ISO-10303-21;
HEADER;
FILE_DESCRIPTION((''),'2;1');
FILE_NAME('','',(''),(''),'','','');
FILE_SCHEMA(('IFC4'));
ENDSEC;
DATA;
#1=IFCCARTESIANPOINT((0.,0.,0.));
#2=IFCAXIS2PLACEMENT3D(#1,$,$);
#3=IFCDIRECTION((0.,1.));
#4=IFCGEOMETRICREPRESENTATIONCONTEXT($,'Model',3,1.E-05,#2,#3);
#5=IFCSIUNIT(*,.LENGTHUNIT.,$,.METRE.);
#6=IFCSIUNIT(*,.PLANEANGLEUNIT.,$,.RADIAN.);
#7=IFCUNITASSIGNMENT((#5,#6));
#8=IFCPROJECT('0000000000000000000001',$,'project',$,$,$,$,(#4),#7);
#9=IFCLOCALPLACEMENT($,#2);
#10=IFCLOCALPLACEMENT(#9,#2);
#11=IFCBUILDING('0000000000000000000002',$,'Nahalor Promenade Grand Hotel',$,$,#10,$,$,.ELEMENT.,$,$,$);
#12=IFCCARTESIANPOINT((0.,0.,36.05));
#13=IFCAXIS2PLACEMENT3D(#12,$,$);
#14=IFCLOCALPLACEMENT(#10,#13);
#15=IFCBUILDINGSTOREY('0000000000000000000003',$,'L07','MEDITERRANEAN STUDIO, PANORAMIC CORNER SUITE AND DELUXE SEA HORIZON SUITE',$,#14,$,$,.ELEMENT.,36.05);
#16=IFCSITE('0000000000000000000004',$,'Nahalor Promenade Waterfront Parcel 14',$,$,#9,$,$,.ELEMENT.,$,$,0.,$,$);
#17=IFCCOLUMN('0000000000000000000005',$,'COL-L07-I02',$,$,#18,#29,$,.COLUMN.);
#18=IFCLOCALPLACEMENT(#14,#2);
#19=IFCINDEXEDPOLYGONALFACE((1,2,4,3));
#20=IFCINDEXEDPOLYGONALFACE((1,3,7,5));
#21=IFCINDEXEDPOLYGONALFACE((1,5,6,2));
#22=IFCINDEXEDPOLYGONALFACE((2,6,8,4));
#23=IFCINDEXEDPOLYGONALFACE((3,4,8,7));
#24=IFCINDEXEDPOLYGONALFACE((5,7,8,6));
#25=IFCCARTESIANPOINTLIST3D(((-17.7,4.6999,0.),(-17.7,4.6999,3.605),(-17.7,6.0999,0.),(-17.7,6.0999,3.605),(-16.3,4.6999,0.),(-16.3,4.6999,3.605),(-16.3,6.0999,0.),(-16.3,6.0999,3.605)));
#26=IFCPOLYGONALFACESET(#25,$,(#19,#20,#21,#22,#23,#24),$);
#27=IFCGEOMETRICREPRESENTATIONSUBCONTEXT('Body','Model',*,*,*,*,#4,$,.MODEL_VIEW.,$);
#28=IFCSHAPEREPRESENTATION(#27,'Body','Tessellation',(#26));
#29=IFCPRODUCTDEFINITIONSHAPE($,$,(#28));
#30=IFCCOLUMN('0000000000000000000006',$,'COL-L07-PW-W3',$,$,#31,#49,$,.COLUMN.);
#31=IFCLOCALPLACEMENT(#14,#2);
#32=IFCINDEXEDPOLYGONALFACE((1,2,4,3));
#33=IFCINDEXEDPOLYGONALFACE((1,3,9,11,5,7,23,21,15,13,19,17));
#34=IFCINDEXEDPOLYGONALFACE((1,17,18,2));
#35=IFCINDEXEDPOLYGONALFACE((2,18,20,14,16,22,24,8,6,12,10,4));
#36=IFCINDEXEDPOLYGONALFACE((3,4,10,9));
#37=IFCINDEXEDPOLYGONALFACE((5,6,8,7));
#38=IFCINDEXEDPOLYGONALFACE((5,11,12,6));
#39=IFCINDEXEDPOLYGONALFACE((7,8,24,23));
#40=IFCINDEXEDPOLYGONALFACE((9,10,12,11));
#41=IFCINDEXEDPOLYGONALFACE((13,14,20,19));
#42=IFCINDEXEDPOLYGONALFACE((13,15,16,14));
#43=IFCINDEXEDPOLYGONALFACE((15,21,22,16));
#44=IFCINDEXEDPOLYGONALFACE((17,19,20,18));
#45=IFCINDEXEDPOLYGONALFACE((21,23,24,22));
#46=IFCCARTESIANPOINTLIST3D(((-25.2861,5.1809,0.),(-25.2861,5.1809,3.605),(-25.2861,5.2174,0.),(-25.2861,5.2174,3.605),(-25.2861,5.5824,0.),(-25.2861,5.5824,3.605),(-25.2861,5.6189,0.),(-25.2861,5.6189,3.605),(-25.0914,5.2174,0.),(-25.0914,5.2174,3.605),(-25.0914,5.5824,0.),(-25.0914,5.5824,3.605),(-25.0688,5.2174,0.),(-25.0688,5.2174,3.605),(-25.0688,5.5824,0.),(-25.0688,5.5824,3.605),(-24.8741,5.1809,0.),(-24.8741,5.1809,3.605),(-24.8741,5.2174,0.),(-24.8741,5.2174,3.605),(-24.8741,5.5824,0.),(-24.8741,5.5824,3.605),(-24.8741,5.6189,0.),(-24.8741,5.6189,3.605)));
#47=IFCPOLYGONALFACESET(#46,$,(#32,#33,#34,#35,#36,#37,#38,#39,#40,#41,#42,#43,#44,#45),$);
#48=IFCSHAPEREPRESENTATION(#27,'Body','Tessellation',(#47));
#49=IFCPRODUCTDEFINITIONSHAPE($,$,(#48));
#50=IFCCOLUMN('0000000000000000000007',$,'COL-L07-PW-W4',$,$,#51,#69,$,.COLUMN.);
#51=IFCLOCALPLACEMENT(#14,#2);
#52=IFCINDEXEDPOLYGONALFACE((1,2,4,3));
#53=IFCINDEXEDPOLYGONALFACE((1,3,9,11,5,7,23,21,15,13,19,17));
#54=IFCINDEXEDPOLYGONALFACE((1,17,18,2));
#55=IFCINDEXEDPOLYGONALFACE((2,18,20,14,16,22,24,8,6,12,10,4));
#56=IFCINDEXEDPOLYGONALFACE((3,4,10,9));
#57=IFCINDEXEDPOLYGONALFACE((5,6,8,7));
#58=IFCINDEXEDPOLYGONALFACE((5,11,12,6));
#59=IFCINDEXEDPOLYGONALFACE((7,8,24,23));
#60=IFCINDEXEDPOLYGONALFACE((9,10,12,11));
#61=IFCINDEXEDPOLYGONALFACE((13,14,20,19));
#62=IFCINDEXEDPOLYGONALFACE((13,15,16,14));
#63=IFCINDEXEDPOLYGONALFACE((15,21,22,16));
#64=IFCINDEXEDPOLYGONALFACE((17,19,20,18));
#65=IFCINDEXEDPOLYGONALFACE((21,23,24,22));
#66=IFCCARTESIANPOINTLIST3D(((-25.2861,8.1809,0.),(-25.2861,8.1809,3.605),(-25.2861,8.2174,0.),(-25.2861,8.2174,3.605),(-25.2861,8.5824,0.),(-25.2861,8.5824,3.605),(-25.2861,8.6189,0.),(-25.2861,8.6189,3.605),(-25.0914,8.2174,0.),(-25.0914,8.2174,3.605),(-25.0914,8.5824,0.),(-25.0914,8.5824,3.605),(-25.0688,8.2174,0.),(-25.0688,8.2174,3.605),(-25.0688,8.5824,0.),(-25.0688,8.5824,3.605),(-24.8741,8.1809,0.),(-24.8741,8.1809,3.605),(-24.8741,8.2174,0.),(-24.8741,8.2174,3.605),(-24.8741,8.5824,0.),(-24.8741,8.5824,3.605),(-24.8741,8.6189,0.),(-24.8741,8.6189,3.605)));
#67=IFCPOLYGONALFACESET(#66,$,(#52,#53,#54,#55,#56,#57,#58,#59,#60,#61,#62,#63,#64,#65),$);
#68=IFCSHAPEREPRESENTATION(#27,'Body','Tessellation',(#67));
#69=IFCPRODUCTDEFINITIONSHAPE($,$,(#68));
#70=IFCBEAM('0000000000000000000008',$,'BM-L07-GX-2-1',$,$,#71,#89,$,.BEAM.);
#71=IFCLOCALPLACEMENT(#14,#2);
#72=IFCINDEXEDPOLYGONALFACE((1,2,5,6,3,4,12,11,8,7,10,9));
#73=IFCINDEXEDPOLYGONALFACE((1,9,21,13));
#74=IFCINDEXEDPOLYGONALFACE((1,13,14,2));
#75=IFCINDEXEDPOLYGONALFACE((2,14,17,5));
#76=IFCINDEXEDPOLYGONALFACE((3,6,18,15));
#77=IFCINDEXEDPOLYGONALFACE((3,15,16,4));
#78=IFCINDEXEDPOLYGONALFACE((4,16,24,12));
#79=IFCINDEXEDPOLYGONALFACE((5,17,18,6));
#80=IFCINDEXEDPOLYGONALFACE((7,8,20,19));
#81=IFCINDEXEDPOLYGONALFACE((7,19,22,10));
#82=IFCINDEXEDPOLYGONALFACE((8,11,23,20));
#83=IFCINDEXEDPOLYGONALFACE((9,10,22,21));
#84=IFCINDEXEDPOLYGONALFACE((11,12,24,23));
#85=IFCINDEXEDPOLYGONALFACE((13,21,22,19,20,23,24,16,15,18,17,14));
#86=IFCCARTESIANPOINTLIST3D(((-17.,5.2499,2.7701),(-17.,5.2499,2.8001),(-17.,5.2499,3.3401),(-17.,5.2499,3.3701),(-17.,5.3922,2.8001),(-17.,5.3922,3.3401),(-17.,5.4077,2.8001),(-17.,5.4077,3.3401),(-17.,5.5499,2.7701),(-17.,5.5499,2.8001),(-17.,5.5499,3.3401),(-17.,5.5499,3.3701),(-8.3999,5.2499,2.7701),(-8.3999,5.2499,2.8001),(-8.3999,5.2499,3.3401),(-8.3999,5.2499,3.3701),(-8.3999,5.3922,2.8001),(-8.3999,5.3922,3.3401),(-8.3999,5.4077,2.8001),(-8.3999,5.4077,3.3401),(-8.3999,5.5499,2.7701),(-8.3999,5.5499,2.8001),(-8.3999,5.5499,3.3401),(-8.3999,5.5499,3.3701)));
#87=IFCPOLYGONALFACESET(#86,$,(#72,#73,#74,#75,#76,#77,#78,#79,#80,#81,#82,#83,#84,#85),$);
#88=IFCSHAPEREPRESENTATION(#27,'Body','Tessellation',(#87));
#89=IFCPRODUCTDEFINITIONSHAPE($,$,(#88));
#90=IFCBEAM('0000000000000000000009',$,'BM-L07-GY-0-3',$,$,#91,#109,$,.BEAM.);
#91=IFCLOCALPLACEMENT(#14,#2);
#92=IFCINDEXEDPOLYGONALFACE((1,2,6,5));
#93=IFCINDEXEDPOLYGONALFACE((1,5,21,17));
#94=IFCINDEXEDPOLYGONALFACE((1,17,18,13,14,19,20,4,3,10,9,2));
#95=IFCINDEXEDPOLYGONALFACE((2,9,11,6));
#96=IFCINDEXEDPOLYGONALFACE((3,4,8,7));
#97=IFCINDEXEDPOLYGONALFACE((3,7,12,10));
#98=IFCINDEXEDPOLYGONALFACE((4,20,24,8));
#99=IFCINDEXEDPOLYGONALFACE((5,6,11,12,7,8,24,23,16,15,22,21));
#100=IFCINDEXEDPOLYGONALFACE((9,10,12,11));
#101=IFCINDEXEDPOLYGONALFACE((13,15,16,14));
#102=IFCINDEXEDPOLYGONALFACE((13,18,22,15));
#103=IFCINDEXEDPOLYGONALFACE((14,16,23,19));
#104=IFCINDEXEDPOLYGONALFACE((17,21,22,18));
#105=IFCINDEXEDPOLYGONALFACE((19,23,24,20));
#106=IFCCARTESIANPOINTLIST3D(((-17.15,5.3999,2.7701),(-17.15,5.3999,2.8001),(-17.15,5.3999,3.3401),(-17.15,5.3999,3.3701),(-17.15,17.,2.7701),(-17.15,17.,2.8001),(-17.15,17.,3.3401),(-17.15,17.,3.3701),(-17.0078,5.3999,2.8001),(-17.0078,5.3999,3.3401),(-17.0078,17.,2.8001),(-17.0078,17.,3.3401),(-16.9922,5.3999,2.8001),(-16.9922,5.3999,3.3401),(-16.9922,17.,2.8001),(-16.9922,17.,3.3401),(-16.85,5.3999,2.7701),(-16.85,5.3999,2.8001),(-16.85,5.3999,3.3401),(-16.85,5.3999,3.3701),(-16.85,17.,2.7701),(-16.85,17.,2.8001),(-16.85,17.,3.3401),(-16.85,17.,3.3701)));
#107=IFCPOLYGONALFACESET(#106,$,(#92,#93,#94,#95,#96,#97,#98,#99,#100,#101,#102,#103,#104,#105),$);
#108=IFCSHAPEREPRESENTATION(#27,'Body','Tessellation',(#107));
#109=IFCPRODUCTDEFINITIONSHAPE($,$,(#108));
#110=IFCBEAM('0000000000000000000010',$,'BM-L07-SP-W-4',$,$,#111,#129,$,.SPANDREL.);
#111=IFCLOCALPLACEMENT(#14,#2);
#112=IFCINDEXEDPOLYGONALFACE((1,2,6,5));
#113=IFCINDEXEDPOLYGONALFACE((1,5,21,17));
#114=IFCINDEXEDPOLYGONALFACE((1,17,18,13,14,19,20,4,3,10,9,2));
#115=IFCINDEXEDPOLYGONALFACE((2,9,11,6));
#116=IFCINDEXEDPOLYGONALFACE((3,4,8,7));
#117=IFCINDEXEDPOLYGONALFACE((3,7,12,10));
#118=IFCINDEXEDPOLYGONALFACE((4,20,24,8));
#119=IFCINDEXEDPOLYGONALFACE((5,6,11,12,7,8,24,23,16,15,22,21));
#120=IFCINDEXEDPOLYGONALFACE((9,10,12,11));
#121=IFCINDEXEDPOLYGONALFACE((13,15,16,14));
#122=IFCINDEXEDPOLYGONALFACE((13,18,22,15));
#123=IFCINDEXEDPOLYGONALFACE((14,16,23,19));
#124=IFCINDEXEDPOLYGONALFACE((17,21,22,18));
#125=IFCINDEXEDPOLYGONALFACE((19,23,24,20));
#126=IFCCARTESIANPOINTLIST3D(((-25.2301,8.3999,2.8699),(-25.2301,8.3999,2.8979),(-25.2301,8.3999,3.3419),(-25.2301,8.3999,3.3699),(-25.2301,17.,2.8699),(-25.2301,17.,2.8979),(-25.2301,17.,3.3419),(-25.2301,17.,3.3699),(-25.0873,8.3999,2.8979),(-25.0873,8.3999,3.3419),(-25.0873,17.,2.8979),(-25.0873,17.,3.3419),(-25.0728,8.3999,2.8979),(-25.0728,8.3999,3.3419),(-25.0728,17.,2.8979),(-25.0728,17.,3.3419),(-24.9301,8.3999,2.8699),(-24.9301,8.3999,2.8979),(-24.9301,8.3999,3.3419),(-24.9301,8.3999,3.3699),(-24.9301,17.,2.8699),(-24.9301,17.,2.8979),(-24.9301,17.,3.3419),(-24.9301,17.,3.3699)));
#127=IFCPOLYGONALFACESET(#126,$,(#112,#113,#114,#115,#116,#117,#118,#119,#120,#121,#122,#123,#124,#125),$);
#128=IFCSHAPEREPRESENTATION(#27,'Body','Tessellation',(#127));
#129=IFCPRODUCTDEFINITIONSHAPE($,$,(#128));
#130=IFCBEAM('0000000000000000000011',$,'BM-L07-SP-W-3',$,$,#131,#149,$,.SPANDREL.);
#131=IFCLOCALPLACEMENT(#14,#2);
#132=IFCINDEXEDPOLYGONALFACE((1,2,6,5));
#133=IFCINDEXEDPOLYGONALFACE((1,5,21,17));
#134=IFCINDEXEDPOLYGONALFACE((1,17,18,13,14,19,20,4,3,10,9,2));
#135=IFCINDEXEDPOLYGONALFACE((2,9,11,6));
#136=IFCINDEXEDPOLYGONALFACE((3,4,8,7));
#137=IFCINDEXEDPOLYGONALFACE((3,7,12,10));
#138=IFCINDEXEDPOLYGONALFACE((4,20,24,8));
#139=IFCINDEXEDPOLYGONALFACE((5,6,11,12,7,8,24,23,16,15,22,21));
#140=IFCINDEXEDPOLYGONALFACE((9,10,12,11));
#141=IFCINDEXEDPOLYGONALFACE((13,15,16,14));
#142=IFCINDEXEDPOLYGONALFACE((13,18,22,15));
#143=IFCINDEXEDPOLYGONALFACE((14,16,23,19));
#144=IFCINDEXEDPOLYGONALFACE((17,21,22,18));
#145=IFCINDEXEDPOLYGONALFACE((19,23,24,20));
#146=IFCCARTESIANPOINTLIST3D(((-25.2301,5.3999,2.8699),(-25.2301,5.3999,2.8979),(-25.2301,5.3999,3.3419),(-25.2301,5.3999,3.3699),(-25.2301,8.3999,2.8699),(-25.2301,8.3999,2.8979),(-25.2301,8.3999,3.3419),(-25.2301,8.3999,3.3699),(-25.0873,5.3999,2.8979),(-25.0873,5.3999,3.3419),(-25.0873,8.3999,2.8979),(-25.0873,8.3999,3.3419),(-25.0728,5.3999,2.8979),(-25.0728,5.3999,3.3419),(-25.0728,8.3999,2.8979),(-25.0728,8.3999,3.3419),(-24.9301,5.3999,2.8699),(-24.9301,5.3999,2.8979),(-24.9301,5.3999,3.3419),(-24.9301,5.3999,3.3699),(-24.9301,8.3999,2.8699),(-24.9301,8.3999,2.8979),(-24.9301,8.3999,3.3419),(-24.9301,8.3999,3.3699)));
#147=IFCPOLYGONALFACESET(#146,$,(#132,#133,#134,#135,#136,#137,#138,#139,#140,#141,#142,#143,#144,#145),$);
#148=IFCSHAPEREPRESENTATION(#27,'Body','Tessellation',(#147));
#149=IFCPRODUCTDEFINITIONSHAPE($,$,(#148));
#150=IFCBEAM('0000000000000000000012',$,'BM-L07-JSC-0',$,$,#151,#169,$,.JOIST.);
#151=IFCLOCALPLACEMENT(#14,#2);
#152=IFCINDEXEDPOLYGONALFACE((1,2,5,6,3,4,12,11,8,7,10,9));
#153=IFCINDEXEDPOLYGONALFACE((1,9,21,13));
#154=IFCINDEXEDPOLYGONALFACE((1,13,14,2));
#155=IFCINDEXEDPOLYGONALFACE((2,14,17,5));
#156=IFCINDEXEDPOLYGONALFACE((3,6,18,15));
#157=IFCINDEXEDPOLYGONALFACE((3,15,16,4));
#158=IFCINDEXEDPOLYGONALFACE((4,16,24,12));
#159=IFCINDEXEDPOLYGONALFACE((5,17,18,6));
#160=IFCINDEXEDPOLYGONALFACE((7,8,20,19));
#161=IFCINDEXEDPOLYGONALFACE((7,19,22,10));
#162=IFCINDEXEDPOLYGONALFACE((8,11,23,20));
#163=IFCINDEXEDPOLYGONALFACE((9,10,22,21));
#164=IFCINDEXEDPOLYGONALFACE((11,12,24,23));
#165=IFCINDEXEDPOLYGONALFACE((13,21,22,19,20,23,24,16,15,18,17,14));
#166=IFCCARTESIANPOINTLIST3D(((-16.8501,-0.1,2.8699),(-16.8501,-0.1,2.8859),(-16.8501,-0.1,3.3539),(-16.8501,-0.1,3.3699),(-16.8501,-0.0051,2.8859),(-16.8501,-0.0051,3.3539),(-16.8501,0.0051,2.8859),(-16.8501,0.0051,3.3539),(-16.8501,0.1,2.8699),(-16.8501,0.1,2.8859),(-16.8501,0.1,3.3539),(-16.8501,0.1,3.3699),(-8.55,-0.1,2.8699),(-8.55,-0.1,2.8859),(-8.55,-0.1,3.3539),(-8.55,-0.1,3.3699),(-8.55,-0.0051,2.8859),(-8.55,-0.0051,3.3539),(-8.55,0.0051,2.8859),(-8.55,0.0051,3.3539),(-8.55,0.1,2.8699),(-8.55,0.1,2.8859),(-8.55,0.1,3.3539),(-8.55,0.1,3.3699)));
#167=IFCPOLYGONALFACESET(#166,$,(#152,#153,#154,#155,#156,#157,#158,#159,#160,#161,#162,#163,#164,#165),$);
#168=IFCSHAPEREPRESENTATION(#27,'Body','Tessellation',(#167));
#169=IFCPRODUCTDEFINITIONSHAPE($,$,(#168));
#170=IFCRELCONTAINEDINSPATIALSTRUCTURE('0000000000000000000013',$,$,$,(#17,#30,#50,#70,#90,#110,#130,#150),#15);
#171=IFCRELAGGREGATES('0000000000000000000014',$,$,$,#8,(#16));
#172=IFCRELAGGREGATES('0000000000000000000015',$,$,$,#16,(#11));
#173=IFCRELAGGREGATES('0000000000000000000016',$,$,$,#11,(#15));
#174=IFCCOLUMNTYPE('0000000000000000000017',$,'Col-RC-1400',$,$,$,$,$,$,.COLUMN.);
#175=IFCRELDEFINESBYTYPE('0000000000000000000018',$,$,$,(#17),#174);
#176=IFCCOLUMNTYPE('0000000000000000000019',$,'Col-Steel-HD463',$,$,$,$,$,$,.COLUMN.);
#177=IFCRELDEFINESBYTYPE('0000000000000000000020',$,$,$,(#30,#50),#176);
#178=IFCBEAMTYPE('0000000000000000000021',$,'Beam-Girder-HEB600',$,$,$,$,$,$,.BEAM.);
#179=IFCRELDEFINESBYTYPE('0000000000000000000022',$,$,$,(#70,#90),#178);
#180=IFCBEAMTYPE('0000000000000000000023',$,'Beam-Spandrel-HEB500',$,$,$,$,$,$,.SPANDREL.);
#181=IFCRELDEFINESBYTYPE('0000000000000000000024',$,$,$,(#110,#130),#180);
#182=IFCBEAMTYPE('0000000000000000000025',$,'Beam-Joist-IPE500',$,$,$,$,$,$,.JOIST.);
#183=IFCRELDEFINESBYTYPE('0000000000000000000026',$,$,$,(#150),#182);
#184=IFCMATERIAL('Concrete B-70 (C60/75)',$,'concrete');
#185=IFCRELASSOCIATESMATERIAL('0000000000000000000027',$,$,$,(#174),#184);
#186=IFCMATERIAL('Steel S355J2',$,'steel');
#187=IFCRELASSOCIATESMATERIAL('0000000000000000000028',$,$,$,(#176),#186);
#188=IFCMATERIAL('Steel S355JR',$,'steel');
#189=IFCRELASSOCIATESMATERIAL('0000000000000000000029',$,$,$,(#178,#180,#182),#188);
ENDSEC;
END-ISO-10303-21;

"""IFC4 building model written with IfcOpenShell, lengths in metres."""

from ifc_helpers import new_model, si_unit, direction, frame, origin, origin_2d, place, context, subcontext, project, spatial, rectangle, i_section, extrude, source, transform, mapped, material, material_profile, profile_set, type_object, element, save


model = new_model("IFC4")

# Units and contexts
model_context = context("Model", 3, precision=1e-05, world=origin(), true_north=direction((0.0, 1.0)))
body_context = subcontext(model_context, "Body", "Model", "MODEL_VIEW")
ifc_project = project(units=[si_unit("LENGTHUNIT", "METRE"), si_unit("PLANEANGLEUNIT", "RADIAN")], contexts=[model_context])

# Site, building, storey
site_placement = place(None, origin())
site = spatial("IfcSite", under=ifc_project, at=site_placement, Name="Nahalor Promenade Waterfront Parcel 14", CompositionType="ELEMENT", RefElevation=0.0)
building_placement = place(site_placement, origin())
building = spatial("IfcBuilding", under=site, at=building_placement, Name="Nahalor Promenade Grand Hotel", CompositionType="ELEMENT")
storey_placement = place(building_placement, frame((0.0, 0.0, 36.05)))
storey = spatial("IfcBuildingStorey", under=building, at=storey_placement, Name="L07", Description="MEDITERRANEAN STUDIO, PANORAMIC CORNER SUITE AND DELUXE SEA HORIZON SUITE", CompositionType="ELEMENT", Elevation=36.05)

# Columns
ifc_material_1 = material(Name="Concrete B-70 (C60/75)", Category="concrete")
ifc_material_profile_1 = material_profile(ifc_material_1, rectangle(XDim=1.4, YDim=1.4, at=origin_2d()), Name="RC 1400x1400")
ifc_profile_set_1 = profile_set([ifc_material_profile_1], Name="Concrete B-70 (C60/75)")
column_type_1 = type_object("IfcColumnType", Name="Col-RC-1400", PredefinedType="COLUMN", material=ifc_profile_set_1)
shared_shape_1 = source(origin(), body_context, "Body", "SweptSolid", [
    extrude(rectangle(XDim=1.4, YDim=1.4, at=origin_2d()), origin(), (0.0, 0.0, 1.0), 3.605),
])
column_placement = place(storey_placement, frame((-17.0, 5.3999, 0.0), z_axis=(0.0, 0.0, 1.0), x_axis=(1.0, 0.0, 0.0)))
element("IfcColumn", 1, at=column_placement, inside=storey, type_object=column_type_1, Name="COL-L07-I02", PredefinedType="COLUMN", context=body_context, shape_type="MappedRepresentation", body=[
    mapped(shared_shape_1, transform((0.0, 0.0, 0.0), scale=1.0)),
])
ifc_material_2 = material(Name="Steel S355J2", Category="steel")
ifc_material_profile_2 = material_profile(ifc_material_2, i_section(OverallWidth=0.412, OverallDepth=0.438, WebThickness=0.0226, FlangeThickness=0.0365, at=origin_2d()), Name="HD 400x463")
ifc_profile_set_2 = profile_set([ifc_material_profile_2], Name="Steel S355J2")
column_type_2 = type_object("IfcColumnType", Name="Col-Steel-HD463", PredefinedType="COLUMN", material=ifc_profile_set_2)
shared_shape_2 = source(origin(), body_context, "Body", "SweptSolid", [
    extrude(i_section(OverallWidth=0.412, OverallDepth=0.438, WebThickness=0.0226, FlangeThickness=0.0365, at=origin_2d()), origin(), (0.0, 0.0, 1.0), 3.605),
])
for number, where, z_axis, x_axis, name in (
    (2, (-25.0801, 5.3999, 0.0), (0.0, 0.0, 1.0), (1.0, 0.0, 0.0), "COL-L07-PW-W3"),
    (3, (-25.0801, 8.3999, 0.0), (0.0, 0.0, 1.0), (1.0, 0.0, 0.0), "COL-L07-PW-W4"),
):
    element("IfcColumn", number, at=place(storey_placement, frame(where, z_axis=z_axis, x_axis=x_axis)), inside=storey, type_object=column_type_2, Name=name, PredefinedType="COLUMN", context=body_context, shape_type="MappedRepresentation", body=[
        mapped(shared_shape_2, transform((0.0, 0.0, 0.0), scale=1.0)),
    ])

# Beams
ifc_material_3 = material(Name="Steel S355JR", Category="steel")
ifc_material_profile_3 = material_profile(ifc_material_3, i_section(OverallWidth=0.3, OverallDepth=0.6, WebThickness=0.0155, FlangeThickness=0.03, at=origin_2d()), Name="HEB 600")
ifc_profile_set_3 = profile_set([ifc_material_profile_3], Name="Steel S355JR")
beam_type_1 = type_object("IfcBeamType", Name="Beam-Girder-HEB600", PredefinedType="BEAM", material=ifc_profile_set_3)
shared_shape_3 = source(origin(), body_context, "Body", "SweptSolid", [
    extrude(i_section(OverallWidth=0.3, OverallDepth=0.6, WebThickness=0.0155, FlangeThickness=0.03, at=origin_2d()), origin(), (0.0, 0.0, 1.0), 8.6001),
])
beam_1_placement = place(storey_placement, frame((-17.0, 5.3999, 3.0701), z_axis=(1.0, 0.0, 0.0), x_axis=(0.0, 1.0, 0.0)))
element("IfcBeam", 4, at=beam_1_placement, inside=storey, type_object=beam_type_1, Name="BM-L07-GX-2-1", PredefinedType="BEAM", context=body_context, shape_type="MappedRepresentation", body=[
    mapped(shared_shape_3, transform((0.0, 0.0, 0.0), scale=1.0)),
])
shared_shape_4 = source(origin(), body_context, "Body", "SweptSolid", [
    extrude(i_section(OverallWidth=0.3, OverallDepth=0.6, WebThickness=0.0155, FlangeThickness=0.03, at=origin_2d()), origin(), (0.0, 0.0, 1.0), 11.6001),
])
beam_2_placement = place(storey_placement, frame((-17.0, 5.3999, 3.0701), z_axis=(0.0, 1.0, 0.0), x_axis=(-1.0, 0.0, 0.0)))
element("IfcBeam", 5, at=beam_2_placement, inside=storey, type_object=beam_type_1, Name="BM-L07-GY-0-3", PredefinedType="BEAM", context=body_context, shape_type="MappedRepresentation", body=[
    mapped(shared_shape_4, transform((0.0, 0.0, 0.0), scale=1.0)),
])
ifc_material_profile_4 = material_profile(ifc_material_3, i_section(OverallWidth=0.3, OverallDepth=0.5, WebThickness=0.0145, FlangeThickness=0.028, at=origin_2d()), Name="HEB 500")
ifc_profile_set_4 = profile_set([ifc_material_profile_4], Name="Steel S355JR")
beam_type_2 = type_object("IfcBeamType", Name="Beam-Spandrel-HEB500", PredefinedType="SPANDREL", material=ifc_profile_set_4)
shared_shape_5 = source(origin(), body_context, "Body", "SweptSolid", [
    extrude(i_section(OverallWidth=0.3, OverallDepth=0.5, WebThickness=0.0145, FlangeThickness=0.028, at=origin_2d()), origin(), (0.0, 0.0, 1.0), 8.6001),
])
beam_3_placement = place(storey_placement, frame((-25.0801, 8.3999, 3.1199), z_axis=(0.0, 1.0, 0.0), x_axis=(-1.0, 0.0, 0.0)))
element("IfcBeam", 6, at=beam_3_placement, inside=storey, type_object=beam_type_2, Name="BM-L07-SP-W-4", PredefinedType="SPANDREL", context=body_context, shape_type="MappedRepresentation", body=[
    mapped(shared_shape_5, transform((0.0, 0.0, 0.0), scale=1.0)),
])
shared_shape_6 = source(origin(), body_context, "Body", "SweptSolid", [
    extrude(i_section(OverallWidth=0.3, OverallDepth=0.5, WebThickness=0.0145, FlangeThickness=0.028, at=origin_2d()), origin(), (0.0, 0.0, 1.0), 3.0),
])
beam_4_placement = place(storey_placement, frame((-25.0801, 5.3999, 3.1199), z_axis=(0.0, 1.0, 0.0), x_axis=(-1.0, 0.0, 0.0)))
element("IfcBeam", 7, at=beam_4_placement, inside=storey, type_object=beam_type_2, Name="BM-L07-SP-W-3", PredefinedType="SPANDREL", context=body_context, shape_type="MappedRepresentation", body=[
    mapped(shared_shape_6, transform((0.0, 0.0, 0.0), scale=1.0)),
])
ifc_material_profile_5 = material_profile(ifc_material_3, i_section(OverallWidth=0.2, OverallDepth=0.5, WebThickness=0.0102, FlangeThickness=0.016, at=origin_2d()), Name="IPE 500")
ifc_profile_set_5 = profile_set([ifc_material_profile_5], Name="Steel S355JR")
beam_type_3 = type_object("IfcBeamType", Name="Beam-Joist-IPE500", PredefinedType="JOIST", material=ifc_profile_set_5)
shared_shape_7 = source(origin(), body_context, "Body", "SweptSolid", [
    extrude(i_section(OverallWidth=0.2, OverallDepth=0.5, WebThickness=0.0102, FlangeThickness=0.016, at=origin_2d()), origin(), (0.0, 0.0, 1.0), 8.3),
])
beam_5_placement = place(storey_placement, frame((-16.8501, 0.0, 3.1199), z_axis=(1.0, 0.0, 0.0), x_axis=(0.0, 1.0, 0.0)))
element("IfcBeam", 8, at=beam_5_placement, inside=storey, type_object=beam_type_3, Name="BM-L07-JSC-0", PredefinedType="JOIST", context=body_context, shape_type="MappedRepresentation", body=[
    mapped(shared_shape_7, transform((0.0, 0.0, 0.0), scale=1.0)),
])

save(model, "model.ifc")
